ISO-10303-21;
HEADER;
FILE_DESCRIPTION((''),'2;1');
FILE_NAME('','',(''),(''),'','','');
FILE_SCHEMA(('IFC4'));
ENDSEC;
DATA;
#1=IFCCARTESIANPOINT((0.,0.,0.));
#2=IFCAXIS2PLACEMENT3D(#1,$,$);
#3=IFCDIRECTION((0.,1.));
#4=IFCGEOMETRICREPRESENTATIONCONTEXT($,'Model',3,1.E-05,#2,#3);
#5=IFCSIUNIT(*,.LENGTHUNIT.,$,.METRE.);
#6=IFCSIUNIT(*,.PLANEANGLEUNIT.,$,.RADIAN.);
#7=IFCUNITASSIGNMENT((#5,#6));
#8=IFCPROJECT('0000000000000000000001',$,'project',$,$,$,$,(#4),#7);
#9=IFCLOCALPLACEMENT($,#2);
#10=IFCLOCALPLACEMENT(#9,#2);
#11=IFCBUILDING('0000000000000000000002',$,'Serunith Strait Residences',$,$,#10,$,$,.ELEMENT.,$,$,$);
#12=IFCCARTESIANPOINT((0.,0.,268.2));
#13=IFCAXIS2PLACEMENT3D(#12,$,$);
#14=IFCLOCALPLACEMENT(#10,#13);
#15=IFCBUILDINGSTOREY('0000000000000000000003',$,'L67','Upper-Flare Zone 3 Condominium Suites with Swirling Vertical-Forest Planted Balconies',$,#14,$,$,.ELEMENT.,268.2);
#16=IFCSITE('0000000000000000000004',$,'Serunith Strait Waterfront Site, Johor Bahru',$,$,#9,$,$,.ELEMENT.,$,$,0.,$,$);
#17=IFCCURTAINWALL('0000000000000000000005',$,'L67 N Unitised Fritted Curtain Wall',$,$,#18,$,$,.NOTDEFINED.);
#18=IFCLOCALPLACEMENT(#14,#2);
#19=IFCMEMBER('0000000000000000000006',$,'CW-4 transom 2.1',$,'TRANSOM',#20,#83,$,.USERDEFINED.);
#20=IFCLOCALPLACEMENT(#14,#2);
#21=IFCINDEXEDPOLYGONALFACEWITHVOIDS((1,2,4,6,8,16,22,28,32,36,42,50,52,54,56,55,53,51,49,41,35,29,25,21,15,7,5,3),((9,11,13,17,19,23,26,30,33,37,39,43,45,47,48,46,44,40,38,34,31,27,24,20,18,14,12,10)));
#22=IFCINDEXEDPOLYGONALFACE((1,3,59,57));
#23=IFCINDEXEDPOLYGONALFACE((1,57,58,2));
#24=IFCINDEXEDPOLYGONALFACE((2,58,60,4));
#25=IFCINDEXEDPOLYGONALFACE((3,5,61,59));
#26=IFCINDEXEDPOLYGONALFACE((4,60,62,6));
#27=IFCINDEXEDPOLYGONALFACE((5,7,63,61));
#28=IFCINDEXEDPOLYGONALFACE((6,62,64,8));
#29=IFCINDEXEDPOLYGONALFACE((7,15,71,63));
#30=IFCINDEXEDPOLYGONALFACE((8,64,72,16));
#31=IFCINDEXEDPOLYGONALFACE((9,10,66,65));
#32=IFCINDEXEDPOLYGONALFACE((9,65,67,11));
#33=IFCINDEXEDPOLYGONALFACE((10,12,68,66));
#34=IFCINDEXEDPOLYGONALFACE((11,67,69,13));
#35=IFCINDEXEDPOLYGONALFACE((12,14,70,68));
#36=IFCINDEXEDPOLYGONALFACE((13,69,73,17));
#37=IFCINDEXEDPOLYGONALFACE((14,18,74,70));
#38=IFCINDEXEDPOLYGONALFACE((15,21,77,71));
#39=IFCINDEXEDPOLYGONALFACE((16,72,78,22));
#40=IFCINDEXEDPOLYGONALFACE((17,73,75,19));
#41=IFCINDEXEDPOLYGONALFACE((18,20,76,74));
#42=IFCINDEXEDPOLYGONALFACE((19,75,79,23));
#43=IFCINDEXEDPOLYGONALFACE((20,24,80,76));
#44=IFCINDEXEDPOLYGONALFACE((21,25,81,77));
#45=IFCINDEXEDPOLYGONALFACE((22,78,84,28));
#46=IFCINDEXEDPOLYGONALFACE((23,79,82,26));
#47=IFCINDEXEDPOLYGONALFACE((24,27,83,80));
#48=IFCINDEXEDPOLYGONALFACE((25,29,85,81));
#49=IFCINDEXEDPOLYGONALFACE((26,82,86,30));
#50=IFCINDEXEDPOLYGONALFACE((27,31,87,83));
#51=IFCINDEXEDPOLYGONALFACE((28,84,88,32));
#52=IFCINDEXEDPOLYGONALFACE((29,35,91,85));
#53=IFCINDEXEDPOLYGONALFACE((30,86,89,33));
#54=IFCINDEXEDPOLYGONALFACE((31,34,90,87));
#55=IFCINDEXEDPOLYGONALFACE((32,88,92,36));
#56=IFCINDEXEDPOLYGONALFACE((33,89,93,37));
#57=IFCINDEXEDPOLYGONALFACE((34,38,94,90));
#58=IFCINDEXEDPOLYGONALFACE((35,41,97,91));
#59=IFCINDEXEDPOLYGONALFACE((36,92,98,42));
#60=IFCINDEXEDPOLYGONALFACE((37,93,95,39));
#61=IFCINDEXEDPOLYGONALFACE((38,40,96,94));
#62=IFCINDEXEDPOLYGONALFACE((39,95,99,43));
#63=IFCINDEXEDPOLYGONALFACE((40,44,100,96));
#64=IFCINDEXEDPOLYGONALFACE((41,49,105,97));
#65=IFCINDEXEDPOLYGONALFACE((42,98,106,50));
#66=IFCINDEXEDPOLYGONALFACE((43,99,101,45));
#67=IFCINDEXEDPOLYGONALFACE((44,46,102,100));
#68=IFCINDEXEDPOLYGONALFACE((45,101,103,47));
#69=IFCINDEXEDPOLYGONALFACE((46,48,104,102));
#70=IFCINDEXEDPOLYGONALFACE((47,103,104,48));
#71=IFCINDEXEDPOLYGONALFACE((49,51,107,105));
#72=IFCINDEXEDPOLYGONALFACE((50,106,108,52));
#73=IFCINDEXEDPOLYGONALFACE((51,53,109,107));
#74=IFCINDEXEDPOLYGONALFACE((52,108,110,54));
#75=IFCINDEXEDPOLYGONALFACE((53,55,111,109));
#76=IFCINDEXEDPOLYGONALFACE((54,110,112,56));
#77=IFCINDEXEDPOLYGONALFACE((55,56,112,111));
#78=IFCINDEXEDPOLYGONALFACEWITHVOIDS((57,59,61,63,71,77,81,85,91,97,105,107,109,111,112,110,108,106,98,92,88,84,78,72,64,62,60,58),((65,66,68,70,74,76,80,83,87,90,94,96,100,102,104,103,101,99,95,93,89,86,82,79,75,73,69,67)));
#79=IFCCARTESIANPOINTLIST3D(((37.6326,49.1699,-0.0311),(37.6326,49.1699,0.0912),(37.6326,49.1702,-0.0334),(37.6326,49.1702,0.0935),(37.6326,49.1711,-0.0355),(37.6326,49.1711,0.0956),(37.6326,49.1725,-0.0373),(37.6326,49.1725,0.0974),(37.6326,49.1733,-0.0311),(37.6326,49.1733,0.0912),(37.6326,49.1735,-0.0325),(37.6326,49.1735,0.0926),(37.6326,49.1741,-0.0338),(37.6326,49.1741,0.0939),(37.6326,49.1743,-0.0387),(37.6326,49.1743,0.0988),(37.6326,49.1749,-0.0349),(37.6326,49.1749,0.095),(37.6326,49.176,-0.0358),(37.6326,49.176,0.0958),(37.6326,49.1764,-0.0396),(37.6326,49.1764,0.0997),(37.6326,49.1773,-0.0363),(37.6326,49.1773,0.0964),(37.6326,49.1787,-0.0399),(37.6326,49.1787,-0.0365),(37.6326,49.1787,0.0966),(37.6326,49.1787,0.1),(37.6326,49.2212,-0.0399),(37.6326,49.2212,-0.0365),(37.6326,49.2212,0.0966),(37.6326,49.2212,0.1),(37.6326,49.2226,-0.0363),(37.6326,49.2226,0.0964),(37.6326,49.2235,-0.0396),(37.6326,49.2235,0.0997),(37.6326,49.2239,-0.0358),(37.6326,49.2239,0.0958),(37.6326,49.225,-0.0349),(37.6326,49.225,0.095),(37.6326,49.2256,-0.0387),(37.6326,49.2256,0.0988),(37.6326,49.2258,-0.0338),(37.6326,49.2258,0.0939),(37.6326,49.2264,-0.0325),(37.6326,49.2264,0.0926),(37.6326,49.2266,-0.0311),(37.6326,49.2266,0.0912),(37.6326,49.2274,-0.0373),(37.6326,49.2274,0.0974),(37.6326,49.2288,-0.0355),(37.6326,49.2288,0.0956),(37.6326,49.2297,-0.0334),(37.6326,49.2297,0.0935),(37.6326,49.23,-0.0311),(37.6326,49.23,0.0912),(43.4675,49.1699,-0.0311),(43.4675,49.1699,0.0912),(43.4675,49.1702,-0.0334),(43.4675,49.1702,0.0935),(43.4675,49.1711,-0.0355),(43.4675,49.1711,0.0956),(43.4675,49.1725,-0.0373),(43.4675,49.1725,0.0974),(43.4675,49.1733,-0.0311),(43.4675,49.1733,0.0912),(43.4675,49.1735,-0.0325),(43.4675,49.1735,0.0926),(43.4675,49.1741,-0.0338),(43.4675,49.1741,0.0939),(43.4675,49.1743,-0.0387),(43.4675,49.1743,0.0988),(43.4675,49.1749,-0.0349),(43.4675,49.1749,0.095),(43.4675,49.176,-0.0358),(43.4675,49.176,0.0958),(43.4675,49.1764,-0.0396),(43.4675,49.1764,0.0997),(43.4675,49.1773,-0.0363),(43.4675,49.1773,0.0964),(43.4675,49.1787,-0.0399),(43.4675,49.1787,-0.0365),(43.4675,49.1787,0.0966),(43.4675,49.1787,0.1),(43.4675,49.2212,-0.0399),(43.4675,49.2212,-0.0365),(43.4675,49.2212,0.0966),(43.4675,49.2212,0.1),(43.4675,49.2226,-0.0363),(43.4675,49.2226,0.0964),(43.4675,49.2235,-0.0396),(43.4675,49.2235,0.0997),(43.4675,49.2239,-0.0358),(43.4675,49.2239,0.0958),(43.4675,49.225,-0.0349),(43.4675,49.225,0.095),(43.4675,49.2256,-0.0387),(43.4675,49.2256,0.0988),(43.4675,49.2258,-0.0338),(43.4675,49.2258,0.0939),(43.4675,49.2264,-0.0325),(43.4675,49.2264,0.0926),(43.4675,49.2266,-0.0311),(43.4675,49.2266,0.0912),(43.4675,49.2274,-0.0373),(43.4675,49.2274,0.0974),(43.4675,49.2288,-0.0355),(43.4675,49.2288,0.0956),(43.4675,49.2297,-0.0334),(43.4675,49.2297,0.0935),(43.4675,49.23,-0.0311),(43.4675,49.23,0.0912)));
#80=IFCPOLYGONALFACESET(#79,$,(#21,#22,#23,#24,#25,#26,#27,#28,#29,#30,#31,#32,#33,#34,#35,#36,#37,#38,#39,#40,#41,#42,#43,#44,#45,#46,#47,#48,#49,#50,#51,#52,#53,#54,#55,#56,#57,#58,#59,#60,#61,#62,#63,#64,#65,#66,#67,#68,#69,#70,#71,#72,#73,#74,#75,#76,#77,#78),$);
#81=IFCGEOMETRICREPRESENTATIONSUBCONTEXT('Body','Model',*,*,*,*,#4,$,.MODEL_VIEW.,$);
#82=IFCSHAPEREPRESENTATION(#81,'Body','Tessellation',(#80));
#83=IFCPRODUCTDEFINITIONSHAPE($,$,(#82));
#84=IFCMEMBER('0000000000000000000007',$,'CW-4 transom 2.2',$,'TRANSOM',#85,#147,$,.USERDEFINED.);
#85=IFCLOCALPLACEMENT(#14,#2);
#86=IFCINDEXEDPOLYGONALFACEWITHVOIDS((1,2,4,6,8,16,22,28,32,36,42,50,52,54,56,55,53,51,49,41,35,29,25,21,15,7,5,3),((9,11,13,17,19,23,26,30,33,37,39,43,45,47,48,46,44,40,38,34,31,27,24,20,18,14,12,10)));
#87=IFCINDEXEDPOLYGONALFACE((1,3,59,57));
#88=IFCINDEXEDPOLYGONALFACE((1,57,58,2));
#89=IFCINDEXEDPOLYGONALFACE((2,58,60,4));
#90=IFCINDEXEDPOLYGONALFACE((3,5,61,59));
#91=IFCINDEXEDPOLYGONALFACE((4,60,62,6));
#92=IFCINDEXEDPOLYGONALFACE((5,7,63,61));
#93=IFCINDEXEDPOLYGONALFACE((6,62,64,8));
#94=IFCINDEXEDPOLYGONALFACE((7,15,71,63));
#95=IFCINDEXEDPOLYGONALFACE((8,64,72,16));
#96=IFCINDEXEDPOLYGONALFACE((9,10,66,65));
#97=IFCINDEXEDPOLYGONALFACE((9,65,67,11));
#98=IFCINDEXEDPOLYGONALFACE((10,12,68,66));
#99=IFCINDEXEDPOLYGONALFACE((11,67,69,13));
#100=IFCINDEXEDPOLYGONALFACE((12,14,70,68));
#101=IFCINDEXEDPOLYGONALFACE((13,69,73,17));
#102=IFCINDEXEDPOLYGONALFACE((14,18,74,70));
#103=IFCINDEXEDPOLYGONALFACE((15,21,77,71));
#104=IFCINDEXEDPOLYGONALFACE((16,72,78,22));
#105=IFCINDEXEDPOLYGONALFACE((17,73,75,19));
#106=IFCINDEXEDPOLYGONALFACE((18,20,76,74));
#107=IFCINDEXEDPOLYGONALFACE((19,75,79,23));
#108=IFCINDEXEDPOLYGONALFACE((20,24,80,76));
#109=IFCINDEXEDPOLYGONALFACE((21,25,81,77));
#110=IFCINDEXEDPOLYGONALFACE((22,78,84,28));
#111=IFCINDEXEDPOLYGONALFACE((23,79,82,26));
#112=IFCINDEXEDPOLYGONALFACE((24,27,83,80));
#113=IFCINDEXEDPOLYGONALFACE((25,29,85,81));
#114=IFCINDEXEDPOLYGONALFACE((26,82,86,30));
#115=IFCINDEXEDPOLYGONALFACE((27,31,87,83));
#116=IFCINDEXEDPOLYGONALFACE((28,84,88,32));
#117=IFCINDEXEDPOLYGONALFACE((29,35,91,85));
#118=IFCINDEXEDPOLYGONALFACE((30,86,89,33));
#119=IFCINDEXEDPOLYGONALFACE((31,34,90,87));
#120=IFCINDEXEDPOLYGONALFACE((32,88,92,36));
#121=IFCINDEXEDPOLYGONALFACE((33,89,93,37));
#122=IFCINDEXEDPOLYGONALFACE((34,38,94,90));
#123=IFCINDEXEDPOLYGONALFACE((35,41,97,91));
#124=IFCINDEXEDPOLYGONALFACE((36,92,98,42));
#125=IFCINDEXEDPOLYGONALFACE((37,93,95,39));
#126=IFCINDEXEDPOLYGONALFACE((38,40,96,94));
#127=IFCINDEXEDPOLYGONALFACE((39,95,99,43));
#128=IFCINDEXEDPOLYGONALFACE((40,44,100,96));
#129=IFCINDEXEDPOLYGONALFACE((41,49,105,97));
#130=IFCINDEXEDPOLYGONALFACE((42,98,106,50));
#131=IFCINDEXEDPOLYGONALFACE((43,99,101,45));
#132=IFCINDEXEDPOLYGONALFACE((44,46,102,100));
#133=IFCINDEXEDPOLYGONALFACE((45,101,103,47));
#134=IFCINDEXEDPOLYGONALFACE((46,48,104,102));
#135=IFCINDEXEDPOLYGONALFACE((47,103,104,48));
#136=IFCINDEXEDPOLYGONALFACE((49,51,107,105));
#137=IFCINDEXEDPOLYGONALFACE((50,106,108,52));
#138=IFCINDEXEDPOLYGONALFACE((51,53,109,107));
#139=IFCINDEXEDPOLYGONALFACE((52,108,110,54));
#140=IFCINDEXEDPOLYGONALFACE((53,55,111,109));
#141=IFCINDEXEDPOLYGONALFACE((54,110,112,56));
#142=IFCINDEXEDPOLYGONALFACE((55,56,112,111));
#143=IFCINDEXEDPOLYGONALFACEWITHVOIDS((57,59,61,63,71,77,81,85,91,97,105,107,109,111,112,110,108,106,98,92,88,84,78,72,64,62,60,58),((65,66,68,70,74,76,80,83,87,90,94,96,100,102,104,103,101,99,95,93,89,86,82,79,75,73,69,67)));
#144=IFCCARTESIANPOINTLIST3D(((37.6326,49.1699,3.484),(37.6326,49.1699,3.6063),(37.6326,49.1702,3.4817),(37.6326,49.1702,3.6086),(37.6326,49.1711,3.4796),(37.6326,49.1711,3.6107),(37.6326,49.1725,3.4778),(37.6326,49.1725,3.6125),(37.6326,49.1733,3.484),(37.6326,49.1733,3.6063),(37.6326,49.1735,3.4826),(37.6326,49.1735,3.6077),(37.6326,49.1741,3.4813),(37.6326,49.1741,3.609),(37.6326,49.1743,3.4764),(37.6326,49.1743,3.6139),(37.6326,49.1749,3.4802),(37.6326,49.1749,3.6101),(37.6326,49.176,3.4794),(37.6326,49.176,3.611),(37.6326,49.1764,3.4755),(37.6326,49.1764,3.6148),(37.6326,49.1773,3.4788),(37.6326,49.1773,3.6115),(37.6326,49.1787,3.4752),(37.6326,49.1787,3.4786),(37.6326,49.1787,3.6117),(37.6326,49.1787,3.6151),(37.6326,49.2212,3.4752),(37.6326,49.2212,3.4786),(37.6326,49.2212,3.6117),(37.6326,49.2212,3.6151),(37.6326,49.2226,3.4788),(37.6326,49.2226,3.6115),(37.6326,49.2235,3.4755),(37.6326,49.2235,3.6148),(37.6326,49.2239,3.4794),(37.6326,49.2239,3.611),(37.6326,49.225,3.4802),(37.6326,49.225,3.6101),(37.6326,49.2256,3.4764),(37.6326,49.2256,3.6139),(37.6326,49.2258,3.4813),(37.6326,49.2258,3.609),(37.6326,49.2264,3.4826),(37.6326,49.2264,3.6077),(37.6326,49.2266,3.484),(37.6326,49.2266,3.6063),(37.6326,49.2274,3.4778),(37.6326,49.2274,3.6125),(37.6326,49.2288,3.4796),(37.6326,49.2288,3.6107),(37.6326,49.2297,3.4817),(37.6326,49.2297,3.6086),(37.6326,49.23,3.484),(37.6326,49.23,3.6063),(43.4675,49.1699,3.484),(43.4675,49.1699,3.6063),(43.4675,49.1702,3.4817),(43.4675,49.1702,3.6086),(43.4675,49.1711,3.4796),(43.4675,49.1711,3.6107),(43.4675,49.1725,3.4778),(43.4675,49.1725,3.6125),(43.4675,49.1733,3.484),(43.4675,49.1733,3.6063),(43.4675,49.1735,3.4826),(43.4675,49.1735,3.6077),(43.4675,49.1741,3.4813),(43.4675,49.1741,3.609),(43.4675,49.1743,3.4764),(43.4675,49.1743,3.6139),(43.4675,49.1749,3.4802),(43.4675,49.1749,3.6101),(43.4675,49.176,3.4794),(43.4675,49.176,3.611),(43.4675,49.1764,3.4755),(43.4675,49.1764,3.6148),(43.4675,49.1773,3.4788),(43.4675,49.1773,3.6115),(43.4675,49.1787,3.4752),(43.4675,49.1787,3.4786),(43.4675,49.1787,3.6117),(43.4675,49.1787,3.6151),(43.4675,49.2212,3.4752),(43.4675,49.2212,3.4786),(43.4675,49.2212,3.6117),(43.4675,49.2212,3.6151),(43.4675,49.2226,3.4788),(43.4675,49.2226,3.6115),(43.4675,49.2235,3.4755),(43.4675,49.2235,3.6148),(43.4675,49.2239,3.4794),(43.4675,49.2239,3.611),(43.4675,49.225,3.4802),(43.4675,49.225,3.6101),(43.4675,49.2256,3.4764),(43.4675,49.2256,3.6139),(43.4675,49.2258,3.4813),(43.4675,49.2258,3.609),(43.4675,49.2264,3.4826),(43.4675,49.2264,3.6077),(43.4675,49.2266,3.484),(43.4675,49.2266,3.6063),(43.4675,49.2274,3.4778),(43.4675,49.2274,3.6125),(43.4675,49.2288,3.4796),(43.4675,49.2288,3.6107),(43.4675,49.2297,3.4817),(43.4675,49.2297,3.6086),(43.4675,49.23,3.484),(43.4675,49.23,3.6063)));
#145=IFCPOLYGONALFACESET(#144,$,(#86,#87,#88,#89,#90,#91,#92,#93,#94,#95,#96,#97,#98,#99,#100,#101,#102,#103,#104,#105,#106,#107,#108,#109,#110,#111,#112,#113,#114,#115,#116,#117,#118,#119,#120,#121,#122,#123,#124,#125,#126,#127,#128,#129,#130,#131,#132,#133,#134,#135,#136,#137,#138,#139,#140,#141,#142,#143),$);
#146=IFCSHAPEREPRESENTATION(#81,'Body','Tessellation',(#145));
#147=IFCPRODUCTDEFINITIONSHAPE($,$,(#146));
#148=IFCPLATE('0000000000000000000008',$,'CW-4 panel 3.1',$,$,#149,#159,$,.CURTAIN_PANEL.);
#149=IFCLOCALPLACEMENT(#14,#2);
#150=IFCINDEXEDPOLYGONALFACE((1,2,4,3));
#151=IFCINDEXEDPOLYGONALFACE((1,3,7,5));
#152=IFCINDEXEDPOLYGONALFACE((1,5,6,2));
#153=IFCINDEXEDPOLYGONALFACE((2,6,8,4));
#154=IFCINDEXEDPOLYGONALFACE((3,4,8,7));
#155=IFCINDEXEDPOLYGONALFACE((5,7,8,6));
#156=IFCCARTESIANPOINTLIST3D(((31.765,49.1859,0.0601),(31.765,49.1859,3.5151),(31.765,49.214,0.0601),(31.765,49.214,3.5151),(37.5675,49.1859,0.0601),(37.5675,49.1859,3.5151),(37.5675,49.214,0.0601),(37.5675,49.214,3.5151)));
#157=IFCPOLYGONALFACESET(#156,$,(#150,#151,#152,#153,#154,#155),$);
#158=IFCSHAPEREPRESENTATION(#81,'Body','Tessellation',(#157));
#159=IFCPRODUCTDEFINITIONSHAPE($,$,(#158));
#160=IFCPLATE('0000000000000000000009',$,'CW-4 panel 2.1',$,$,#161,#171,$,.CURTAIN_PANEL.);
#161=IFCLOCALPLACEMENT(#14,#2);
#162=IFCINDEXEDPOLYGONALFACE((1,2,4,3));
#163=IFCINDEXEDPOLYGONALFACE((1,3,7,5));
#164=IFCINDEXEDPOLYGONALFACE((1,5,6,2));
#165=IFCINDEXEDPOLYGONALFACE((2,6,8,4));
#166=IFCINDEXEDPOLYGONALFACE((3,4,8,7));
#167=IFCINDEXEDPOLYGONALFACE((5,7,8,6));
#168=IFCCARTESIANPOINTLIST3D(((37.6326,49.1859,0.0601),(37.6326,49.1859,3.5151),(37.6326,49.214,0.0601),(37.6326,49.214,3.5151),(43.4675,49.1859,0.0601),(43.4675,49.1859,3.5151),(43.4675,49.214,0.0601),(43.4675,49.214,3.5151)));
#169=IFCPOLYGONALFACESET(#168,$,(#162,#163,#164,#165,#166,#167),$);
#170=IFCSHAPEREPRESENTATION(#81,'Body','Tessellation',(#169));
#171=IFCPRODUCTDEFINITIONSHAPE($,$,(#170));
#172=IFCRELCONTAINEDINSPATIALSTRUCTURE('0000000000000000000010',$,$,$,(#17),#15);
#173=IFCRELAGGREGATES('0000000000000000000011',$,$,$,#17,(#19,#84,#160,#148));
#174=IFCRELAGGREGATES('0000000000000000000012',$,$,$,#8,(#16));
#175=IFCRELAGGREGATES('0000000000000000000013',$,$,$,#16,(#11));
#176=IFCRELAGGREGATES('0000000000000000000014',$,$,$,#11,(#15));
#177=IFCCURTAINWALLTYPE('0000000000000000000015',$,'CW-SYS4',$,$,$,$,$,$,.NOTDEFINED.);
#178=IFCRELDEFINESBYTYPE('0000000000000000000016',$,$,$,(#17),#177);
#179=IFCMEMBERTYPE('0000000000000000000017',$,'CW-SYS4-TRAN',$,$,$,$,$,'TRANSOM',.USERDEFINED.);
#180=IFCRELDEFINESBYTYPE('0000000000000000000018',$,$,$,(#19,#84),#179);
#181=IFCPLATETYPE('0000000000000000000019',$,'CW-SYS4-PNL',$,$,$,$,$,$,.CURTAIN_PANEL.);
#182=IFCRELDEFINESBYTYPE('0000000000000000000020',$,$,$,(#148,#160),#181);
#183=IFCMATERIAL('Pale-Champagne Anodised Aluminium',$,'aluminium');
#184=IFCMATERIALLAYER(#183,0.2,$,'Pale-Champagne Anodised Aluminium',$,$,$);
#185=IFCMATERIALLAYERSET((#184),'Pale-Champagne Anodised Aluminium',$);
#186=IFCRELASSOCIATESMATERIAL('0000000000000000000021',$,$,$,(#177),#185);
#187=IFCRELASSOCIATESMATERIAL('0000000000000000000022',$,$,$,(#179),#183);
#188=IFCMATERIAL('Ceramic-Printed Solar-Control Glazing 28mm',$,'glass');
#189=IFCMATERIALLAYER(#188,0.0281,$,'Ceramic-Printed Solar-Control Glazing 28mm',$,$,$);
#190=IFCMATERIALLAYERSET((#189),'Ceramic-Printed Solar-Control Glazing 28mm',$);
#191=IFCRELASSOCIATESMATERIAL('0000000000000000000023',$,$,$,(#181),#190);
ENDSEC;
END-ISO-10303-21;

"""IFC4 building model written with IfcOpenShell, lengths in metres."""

from ifc_helpers import new_model, si_unit, direction, frame, origin, origin_2d, place, context, subcontext, project, spatial, rectangle, hollow_rectangle, extrude, source, transform, mapped, material, layer, layer_set, material_profile, profile_set, type_object, element, aggregate, save


model = new_model("IFC4")

# Units and contexts
model_context = context("Model", 3, precision=1e-05, world=origin(), true_north=direction((0.0, 1.0)))
body_context = subcontext(model_context, "Body", "Model", "MODEL_VIEW")
ifc_project = project(units=[si_unit("LENGTHUNIT", "METRE"), si_unit("PLANEANGLEUNIT", "RADIAN")], contexts=[model_context])

# Site, building, storey
site_placement = place(None, origin())
site = spatial("IfcSite", under=ifc_project, at=site_placement, Name="Serunith Strait Waterfront Site, Johor Bahru", CompositionType="ELEMENT", RefElevation=0.0)
building_placement = place(site_placement, origin())
building = spatial("IfcBuilding", under=site, at=building_placement, Name="Serunith Strait Residences", CompositionType="ELEMENT")
storey_placement = place(building_placement, frame((0.0, 0.0, 268.2)))
storey = spatial("IfcBuildingStorey", under=building, at=storey_placement, Name="L67", Description="Upper-Flare Zone 3 Condominium Suites with Swirling Vertical-Forest Planted Balconies", CompositionType="ELEMENT", Elevation=268.2)

# Curtain wall, members, plates
ifc_material_1 = material(Name="Pale-Champagne Anodised Aluminium", Category="aluminium")
ifc_layer_1 = layer(ifc_material_1, 0.2, Name="Pale-Champagne Anodised Aluminium")
ifc_layer_set_1 = layer_set([ifc_layer_1], Name="Pale-Champagne Anodised Aluminium")
curtain_wall_type = type_object("IfcCurtainWallType", Name="CW-SYS4", PredefinedType="NOTDEFINED", material=ifc_layer_set_1)
curtain_wall_placement = place(storey_placement, origin())
curtain_wall = element("IfcCurtainWall", 1, at=curtain_wall_placement, inside=storey, type_object=curtain_wall_type, Name="L67 N Unitised Fritted Curtain Wall", PredefinedType="NOTDEFINED")
ifc_material_profile_1 = material_profile(ifc_material_1, hollow_rectangle(XDim=0.0601, YDim=0.1399, WallThickness=0.0034, InnerFilletRadius=0.0054, OuterFilletRadius=0.0088, at=origin_2d()), Name="ALU 140x60x3.5")
ifc_profile_set_1 = profile_set([ifc_material_profile_1], Name="Pale-Champagne Anodised Aluminium")
member_type_1 = type_object("IfcMemberType", Name="CW-SYS4-TRAN", ElementType="TRANSOM", PredefinedType="USERDEFINED", material=ifc_profile_set_1)
shared_shape_1 = source(origin(), body_context, "Body", "SweptSolid", [
    extrude(hollow_rectangle(XDim=0.0601, YDim=0.1399, WallThickness=0.0034, InnerFilletRadius=0.0054, OuterFilletRadius=0.0088, at=origin_2d()), origin(), (0.0, 0.0, 1.0), 5.835),
])
member_1_placement = place(storey_placement, frame((43.4675, 49.2, 0.03), z_axis=(-1.0, 0.0, 0.0), x_axis=(0.0, -1.0, 0.0)))
member_1 = element("IfcMember", 2, at=member_1_placement, type_object=member_type_1, Name="CW-4 transom 2.1", ObjectType="TRANSOM", PredefinedType="USERDEFINED", context=body_context, shape_type="MappedRepresentation", body=[
    mapped(shared_shape_1, transform((0.0, 0.0, 0.0), scale=1.0)),
])
member_2_placement = place(storey_placement, frame((43.4675, 49.2, 3.5452), z_axis=(-1.0, 0.0, 0.0), x_axis=(0.0, -1.0, 0.0)))
member_2 = element("IfcMember", 3, at=member_2_placement, type_object=member_type_1, Name="CW-4 transom 2.2", ObjectType="TRANSOM", PredefinedType="USERDEFINED", context=body_context, shape_type="MappedRepresentation", body=[
    mapped(shared_shape_1, transform((0.0, 0.0, 0.0), scale=1.0)),
])
ifc_material_2 = material(Name="Ceramic-Printed Solar-Control Glazing 28mm", Category="glass")
ifc_layer_2 = layer(ifc_material_2, 0.0281, Name="Ceramic-Printed Solar-Control Glazing 28mm")
ifc_layer_set_2 = layer_set([ifc_layer_2], Name="Ceramic-Printed Solar-Control Glazing 28mm")
plate_type = type_object("IfcPlateType", Name="CW-SYS4-PNL", PredefinedType="CURTAIN_PANEL", material=ifc_layer_set_2)
shared_shape_2 = source(origin(), body_context, "Body", "SweptSolid", [
    extrude(rectangle(XDim=5.8025, YDim=0.0281, at=origin_2d()), origin(), (0.0, 0.0, 1.0), 3.4551),
])
plate_1_placement = place(storey_placement, frame((34.6663, 49.2, 0.0601), z_axis=(0.0, 0.0, 1.0), x_axis=(-1.0, 0.0, 0.0)))
plate_1 = element("IfcPlate", 4, at=plate_1_placement, type_object=plate_type, Name="CW-4 panel 3.1", PredefinedType="CURTAIN_PANEL", context=body_context, shape_type="MappedRepresentation", body=[
    mapped(shared_shape_2, transform((0.0, 0.0, 0.0), scale=1.0)),
])
shared_shape_3 = source(origin(), body_context, "Body", "SweptSolid", [
    extrude(rectangle(XDim=5.835, YDim=0.0281, at=origin_2d()), origin(), (0.0, 0.0, 1.0), 3.4551),
])
plate_2_placement = place(storey_placement, frame((40.55, 49.2, 0.0601), z_axis=(0.0, 0.0, 1.0), x_axis=(-1.0, 0.0, 0.0)))
plate_2 = element("IfcPlate", 5, at=plate_2_placement, type_object=plate_type, Name="CW-4 panel 2.1", PredefinedType="CURTAIN_PANEL", context=body_context, shape_type="MappedRepresentation", body=[
    mapped(shared_shape_3, transform((0.0, 0.0, 0.0), scale=1.0)),
])
aggregate(curtain_wall, [member_1, member_2, plate_2, plate_1])

save(model, "model.ifc")
